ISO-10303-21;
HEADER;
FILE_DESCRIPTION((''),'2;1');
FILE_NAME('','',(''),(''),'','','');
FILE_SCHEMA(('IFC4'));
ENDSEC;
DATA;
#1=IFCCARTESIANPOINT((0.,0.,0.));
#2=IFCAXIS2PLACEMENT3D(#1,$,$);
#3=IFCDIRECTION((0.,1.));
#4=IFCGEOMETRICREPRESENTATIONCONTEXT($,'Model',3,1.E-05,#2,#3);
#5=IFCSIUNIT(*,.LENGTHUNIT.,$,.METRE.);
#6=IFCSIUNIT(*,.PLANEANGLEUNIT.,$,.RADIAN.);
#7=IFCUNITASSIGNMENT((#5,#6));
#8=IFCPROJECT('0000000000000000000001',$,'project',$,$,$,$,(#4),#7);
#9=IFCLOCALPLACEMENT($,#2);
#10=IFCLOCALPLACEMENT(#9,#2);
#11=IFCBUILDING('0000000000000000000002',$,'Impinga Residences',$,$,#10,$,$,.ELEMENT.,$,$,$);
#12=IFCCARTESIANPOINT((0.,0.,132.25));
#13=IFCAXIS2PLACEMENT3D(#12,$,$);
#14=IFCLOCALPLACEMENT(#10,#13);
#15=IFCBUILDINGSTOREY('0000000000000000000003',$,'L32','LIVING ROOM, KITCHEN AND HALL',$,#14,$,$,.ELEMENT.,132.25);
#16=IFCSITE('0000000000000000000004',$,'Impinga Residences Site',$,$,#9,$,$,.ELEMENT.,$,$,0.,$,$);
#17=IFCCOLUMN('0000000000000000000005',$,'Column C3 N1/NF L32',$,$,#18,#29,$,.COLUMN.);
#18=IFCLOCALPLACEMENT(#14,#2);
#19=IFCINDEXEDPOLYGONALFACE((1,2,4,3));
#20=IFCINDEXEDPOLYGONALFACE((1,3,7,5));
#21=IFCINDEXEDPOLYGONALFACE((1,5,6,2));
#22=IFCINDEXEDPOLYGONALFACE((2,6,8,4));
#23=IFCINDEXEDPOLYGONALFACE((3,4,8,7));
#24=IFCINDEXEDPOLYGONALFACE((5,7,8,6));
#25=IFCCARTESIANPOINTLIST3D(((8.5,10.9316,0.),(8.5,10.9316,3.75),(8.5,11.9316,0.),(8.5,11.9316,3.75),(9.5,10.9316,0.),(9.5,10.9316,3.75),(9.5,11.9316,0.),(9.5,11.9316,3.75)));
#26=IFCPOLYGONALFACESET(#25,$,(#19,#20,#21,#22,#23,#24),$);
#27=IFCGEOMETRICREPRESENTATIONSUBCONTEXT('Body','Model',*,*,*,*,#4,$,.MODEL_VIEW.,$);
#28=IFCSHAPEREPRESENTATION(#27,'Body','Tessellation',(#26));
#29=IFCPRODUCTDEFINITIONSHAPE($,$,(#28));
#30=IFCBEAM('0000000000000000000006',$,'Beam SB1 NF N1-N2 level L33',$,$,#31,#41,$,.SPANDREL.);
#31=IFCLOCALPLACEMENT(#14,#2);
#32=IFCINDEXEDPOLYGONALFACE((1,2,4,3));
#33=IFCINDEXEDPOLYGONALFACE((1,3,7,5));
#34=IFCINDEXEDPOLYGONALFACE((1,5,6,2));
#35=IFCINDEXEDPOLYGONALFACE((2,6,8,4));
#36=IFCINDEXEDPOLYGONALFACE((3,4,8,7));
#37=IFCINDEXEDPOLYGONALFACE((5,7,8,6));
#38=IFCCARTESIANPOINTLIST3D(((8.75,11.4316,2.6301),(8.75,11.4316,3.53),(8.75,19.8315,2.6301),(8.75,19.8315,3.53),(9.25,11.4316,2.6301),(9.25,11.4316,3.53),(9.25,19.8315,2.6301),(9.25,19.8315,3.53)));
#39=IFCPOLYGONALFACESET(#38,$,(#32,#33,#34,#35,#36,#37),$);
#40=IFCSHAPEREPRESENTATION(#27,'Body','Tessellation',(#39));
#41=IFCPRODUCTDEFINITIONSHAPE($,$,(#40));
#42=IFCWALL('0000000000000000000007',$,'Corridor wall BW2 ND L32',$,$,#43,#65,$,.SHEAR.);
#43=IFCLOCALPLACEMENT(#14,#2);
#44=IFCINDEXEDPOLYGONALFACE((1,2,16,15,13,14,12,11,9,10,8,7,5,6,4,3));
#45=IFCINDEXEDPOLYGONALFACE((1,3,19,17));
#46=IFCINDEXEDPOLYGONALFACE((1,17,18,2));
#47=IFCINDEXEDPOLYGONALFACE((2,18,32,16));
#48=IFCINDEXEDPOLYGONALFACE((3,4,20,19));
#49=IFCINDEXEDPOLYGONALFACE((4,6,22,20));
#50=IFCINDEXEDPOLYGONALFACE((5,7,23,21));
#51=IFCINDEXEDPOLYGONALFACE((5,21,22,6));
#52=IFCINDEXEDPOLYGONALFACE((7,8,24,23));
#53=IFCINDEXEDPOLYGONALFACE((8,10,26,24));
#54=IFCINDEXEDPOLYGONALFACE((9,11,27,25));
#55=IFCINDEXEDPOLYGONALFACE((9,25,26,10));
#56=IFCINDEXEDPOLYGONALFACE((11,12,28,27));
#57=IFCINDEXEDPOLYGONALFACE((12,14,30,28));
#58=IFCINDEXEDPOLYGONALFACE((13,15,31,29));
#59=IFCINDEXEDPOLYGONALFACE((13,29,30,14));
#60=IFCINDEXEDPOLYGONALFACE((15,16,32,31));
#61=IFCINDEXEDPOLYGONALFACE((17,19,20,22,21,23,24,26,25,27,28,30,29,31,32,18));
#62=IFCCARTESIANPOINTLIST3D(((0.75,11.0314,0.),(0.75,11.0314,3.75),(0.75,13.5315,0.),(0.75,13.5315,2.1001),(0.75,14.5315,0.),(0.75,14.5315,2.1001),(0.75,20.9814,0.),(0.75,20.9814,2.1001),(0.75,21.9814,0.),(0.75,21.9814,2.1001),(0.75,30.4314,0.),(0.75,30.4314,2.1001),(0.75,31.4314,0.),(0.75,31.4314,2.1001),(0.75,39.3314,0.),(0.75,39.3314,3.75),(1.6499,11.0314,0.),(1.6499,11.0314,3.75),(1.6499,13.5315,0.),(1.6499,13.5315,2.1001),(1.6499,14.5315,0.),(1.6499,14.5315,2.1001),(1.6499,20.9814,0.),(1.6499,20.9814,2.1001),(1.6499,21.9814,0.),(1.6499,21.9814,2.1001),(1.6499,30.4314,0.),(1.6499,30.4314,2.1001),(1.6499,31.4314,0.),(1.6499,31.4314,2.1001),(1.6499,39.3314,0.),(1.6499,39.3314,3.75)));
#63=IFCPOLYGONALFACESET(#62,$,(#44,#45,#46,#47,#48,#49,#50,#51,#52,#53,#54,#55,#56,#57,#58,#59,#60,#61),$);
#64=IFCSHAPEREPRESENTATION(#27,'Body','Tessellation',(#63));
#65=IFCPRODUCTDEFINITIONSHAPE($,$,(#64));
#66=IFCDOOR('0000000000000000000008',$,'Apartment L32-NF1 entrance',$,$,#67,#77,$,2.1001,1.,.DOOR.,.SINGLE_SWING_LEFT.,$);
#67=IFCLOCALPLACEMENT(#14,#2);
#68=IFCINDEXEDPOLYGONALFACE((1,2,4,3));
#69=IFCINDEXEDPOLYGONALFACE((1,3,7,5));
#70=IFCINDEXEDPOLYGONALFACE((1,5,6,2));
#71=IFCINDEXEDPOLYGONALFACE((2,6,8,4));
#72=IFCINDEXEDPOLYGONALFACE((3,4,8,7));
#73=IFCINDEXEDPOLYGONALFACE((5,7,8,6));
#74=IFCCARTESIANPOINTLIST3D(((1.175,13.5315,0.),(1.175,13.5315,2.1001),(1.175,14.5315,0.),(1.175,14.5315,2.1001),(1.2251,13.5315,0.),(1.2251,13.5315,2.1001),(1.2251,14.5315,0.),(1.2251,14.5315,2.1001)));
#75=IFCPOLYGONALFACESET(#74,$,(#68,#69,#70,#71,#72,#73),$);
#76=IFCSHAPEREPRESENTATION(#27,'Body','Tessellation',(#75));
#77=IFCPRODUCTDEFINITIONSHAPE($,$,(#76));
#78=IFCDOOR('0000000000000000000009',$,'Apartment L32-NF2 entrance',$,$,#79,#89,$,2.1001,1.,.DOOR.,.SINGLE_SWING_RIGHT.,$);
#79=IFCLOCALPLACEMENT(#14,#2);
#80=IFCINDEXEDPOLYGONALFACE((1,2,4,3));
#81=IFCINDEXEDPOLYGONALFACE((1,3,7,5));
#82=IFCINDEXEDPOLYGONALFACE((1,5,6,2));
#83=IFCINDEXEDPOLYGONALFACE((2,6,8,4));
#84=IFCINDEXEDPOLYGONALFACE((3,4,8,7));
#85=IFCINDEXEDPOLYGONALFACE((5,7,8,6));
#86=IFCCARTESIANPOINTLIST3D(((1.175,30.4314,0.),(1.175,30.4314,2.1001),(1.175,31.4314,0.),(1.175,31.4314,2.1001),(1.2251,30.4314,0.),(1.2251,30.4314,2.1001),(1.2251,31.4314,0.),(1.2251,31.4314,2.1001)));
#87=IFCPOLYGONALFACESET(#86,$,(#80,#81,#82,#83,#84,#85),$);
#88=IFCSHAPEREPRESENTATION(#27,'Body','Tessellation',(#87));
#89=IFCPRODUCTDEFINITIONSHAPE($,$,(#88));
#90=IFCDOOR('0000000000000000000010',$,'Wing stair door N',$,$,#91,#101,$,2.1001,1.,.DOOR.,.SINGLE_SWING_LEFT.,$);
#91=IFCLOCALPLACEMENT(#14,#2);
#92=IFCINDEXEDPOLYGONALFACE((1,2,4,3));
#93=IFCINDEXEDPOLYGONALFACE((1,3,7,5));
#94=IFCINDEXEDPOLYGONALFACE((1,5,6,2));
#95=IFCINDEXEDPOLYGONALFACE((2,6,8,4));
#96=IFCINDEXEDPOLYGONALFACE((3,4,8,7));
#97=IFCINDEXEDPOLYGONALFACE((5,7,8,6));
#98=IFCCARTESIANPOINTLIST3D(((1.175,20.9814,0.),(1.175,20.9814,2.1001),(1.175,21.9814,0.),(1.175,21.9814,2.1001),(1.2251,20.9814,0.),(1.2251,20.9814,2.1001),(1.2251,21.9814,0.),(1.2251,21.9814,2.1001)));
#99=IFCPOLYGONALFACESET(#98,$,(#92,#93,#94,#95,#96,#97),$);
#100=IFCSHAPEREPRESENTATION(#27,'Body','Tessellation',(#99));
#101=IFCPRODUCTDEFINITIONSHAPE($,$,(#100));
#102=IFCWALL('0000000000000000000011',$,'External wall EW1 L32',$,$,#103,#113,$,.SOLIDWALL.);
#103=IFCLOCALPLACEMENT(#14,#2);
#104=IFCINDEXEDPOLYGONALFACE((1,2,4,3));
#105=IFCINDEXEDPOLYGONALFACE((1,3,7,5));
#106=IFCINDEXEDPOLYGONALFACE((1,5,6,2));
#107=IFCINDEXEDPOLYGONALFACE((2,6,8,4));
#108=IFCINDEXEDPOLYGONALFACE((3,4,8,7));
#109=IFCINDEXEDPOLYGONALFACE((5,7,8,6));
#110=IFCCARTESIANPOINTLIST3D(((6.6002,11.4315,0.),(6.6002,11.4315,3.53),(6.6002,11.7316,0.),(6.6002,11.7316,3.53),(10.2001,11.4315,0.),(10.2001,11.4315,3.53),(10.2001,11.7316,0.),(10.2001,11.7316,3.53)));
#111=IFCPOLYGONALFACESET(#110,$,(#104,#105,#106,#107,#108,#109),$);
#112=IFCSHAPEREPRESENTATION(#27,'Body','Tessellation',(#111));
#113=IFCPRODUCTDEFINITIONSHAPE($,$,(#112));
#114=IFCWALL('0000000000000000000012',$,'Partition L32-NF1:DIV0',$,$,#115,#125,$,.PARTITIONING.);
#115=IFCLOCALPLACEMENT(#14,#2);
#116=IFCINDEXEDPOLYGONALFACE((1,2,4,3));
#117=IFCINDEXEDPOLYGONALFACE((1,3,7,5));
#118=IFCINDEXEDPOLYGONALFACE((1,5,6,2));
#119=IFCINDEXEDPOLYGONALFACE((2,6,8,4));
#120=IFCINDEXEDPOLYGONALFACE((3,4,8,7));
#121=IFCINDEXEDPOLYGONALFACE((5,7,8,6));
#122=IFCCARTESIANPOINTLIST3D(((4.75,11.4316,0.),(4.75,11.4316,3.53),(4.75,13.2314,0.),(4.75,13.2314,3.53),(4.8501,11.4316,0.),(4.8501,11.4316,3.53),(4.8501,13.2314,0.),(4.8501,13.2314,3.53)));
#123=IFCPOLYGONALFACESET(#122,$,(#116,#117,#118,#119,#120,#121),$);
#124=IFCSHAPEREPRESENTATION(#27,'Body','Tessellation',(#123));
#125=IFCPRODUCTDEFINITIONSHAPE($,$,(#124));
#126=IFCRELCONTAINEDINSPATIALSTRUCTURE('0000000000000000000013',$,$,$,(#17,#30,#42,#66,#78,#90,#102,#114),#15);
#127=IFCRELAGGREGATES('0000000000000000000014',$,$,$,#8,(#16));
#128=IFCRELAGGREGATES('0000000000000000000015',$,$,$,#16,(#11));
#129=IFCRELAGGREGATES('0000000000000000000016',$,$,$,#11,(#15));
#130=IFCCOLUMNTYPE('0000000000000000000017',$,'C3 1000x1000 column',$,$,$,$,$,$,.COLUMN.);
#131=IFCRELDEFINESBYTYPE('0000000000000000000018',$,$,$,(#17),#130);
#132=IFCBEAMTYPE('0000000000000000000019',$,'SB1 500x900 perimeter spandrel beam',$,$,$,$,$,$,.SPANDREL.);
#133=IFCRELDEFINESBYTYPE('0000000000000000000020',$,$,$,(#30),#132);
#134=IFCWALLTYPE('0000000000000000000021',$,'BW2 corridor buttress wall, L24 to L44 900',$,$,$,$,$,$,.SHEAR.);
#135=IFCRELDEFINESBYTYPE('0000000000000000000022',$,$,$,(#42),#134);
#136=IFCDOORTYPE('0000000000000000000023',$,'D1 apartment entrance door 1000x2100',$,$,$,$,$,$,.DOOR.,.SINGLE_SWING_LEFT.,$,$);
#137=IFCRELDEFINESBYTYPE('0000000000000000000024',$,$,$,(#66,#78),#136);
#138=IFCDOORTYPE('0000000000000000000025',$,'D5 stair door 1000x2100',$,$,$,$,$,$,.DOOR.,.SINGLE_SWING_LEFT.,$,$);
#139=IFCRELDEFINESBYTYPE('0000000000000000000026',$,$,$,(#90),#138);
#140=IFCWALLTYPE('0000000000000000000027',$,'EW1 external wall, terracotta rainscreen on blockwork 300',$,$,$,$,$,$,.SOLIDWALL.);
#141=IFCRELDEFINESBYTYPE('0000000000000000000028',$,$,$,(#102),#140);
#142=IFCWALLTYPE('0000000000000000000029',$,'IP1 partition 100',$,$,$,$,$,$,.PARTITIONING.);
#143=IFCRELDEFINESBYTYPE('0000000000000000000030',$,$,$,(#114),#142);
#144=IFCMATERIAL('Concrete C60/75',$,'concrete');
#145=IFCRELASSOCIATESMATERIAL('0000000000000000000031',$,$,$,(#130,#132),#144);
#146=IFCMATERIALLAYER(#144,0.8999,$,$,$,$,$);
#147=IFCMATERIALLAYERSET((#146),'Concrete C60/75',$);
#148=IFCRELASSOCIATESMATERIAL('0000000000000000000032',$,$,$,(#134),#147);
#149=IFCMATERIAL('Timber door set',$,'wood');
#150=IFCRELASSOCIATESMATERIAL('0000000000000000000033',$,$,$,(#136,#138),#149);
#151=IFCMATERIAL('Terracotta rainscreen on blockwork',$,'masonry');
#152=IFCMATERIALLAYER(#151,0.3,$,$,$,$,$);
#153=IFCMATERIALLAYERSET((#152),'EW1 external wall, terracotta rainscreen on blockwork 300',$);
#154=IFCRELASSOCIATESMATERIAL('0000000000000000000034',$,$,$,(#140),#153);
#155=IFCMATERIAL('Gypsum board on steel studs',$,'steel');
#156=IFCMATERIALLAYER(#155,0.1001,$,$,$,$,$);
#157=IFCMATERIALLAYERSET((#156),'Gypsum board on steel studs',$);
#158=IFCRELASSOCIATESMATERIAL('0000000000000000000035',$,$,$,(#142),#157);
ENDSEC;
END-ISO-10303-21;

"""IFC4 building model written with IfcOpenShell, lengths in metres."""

from ifc_helpers import new_model, si_unit, direction, frame, frame_2d, origin, origin_2d, place, context, subcontext, project, spatial, rectangle, extrude, material, layer, layer_set, material_profile, profile_set, type_object, element, fill, save


model = new_model("IFC4")

# Units and contexts
model_context = context("Model", 3, precision=1e-05, world=origin(), true_north=direction((0.0, 1.0)))
body_context = subcontext(model_context, "Body", "Model", "MODEL_VIEW")
ifc_project = project(units=[si_unit("LENGTHUNIT", "METRE"), si_unit("PLANEANGLEUNIT", "RADIAN")], contexts=[model_context])

# Site, building, storey
site_placement = place(None, origin())
site = spatial("IfcSite", under=ifc_project, at=site_placement, Name="Impinga Residences Site", CompositionType="ELEMENT", RefElevation=0.0)
building_placement = place(site_placement, origin())
building = spatial("IfcBuilding", under=site, at=building_placement, Name="Impinga Residences", CompositionType="ELEMENT")
storey_placement = place(building_placement, frame((0.0, 0.0, 132.25)))
storey = spatial("IfcBuildingStorey", under=building, at=storey_placement, Name="L32", Description="LIVING ROOM, KITCHEN AND HALL", CompositionType="ELEMENT", Elevation=132.25)

# Column
ifc_material_1 = material(Name="Concrete C60/75", Category="concrete")
ifc_material_profile_1 = material_profile(ifc_material_1, rectangle(XDim=1.0, YDim=1.0, at=origin_2d()), Name="RC 1000x1000")
ifc_profile_set_1 = profile_set([ifc_material_profile_1], Name="Concrete C60/75")
column_type = type_object("IfcColumnType", Name="C3 1000x1000 column", PredefinedType="COLUMN", material=ifc_profile_set_1)
column_placement = place(storey_placement, frame((9.0, 11.4316, 0.0), z_axis=(0.0, 0.0, 1.0), x_axis=(1.0, 0.0, 0.0)))
element("IfcColumn", 1, at=column_placement, inside=storey, type_object=column_type, Name="Column C3 N1/NF L32", PredefinedType="COLUMN", context=body_context, shape_type="SweptSolid", body=[
    extrude(rectangle(XDim=1.0, YDim=1.0, at=origin_2d()), origin(), (0.0, 0.0, 1.0), 3.75),
])

# Beam
ifc_material_profile_2 = material_profile(ifc_material_1, rectangle(XDim=0.5, YDim=0.8999, at=origin_2d()), Name="RC 500x900")
ifc_profile_set_2 = profile_set([ifc_material_profile_2], Name="Concrete C60/75")
beam_type = type_object("IfcBeamType", Name="SB1 500x900 perimeter spandrel beam", PredefinedType="SPANDREL", material=ifc_profile_set_2)
beam_placement = place(storey_placement, frame((9.0, 11.4316, 3.0801), z_axis=(0.0, 1.0, 0.0), x_axis=(-1.0, 0.0, 0.0)))
element("IfcBeam", 2, at=beam_placement, inside=storey, type_object=beam_type, Name="Beam SB1 NF N1-N2 level L33", PredefinedType="SPANDREL", context=body_context, shape_type="SweptSolid", body=[
    extrude(rectangle(XDim=0.5, YDim=0.8999, at=origin_2d()), origin(), (0.0, 0.0, 1.0), 8.3999),
])

# Wall, openings, doors
ifc_layer_1 = layer(ifc_material_1, 0.8999)
ifc_layer_set_1 = layer_set([ifc_layer_1], Name="Concrete C60/75")
wall_type_1 = type_object("IfcWallType", Name="BW2 corridor buttress wall, L24 to L44 900", PredefinedType="SHEAR", material=ifc_layer_set_1)
wall_1_placement = place(storey_placement, frame((1.2, 11.0315, 0.0), z_axis=(0.0, 0.0, 1.0), x_axis=(0.0, 1.0, 0.0)))
wall_1 = element("IfcWall", 3, at=wall_1_placement, inside=storey, type_object=wall_type_1, Name="Corridor wall BW2 ND L32", PredefinedType="SHEAR", context=body_context, shape_type="SweptSolid", body=[
    extrude(rectangle(XDim=28.3, YDim=0.8999, at=frame_2d((14.1499, 0.0))), origin(), (0.0, 0.0, 1.0), 3.75),
])
opening_1_placement = place(wall_1_placement, frame((9.95, 0.0, 0.0)))
opening_1 = element("IfcOpeningElement", 4, at=opening_1_placement, cuts=wall_1, PredefinedType="OPENING", context=body_context, shape_type="SweptSolid", body=[
    extrude(rectangle(XDim=1.0, YDim=2.1001, at=frame_2d((0.5, 1.05))), frame((0.0, 0.46, 0.0), z_axis=(0.0, -1.0, 0.0), x_axis=(1.0, 0.0, 0.0)), (0.0, 0.0, 1.0), 0.9199),
])
opening_2_placement = place(wall_1_placement, frame((2.5, 0.0, 0.0)))
opening_2 = element("IfcOpeningElement", 5, at=opening_2_placement, cuts=wall_1, PredefinedType="OPENING", context=body_context, shape_type="SweptSolid", body=[
    extrude(rectangle(XDim=1.0, YDim=2.1001, at=frame_2d((0.5, 1.05))), frame((0.0, 0.46, 0.0), z_axis=(0.0, -1.0, 0.0), x_axis=(1.0, 0.0, 0.0)), (0.0, 0.0, 1.0), 0.9199),
])
opening_3_placement = place(wall_1_placement, frame((19.3999, 0.0, 0.0)))
opening_3 = element("IfcOpeningElement", 6, at=opening_3_placement, cuts=wall_1, PredefinedType="OPENING", context=body_context, shape_type="SweptSolid", body=[
    extrude(rectangle(XDim=1.0, YDim=2.1001, at=frame_2d((0.5, 1.05))), frame((0.0, 0.46, 0.0), z_axis=(0.0, -1.0, 0.0), x_axis=(1.0, 0.0, 0.0)), (0.0, 0.0, 1.0), 0.9199),
])
ifc_material_2 = material(Name="Timber door set", Category="wood")
door_type_1 = type_object("IfcDoorType", Name="D1 apartment entrance door 1000x2100", OperationType="SINGLE_SWING_LEFT", PredefinedType="DOOR", material=ifc_material_2)
door_1_placement = place(opening_2_placement, origin())
door_1 = element("IfcDoor", 7, at=door_1_placement, inside=storey, type_object=door_type_1, Name="Apartment L32-NF1 entrance", OperationType="SINGLE_SWING_LEFT", OverallHeight=2.1001, OverallWidth=1.0, PredefinedType="DOOR", context=body_context, shape_type="SweptSolid", body=[
    extrude(rectangle(XDim=1.0, YDim=2.1001, at=frame_2d((0.5, 1.05))), frame((0.0, 0.0249, 0.0), z_axis=(0.0, -1.0, 0.0), x_axis=(1.0, 0.0, 0.0)), (0.0, 0.0, 1.0), 0.05),
])
fill(opening_2, door_1)
door_2_placement = place(opening_3_placement, origin())
door_2 = element("IfcDoor", 8, at=door_2_placement, inside=storey, type_object=door_type_1, Name="Apartment L32-NF2 entrance", OperationType="SINGLE_SWING_RIGHT", OverallHeight=2.1001, OverallWidth=1.0, PredefinedType="DOOR", context=body_context, shape_type="SweptSolid", body=[
    extrude(rectangle(XDim=1.0, YDim=2.1001, at=frame_2d((0.5, 1.05))), frame((0.0, 0.0249, 0.0), z_axis=(0.0, -1.0, 0.0), x_axis=(1.0, 0.0, 0.0)), (0.0, 0.0, 1.0), 0.05),
])
fill(opening_3, door_2)
door_type_2 = type_object("IfcDoorType", Name="D5 stair door 1000x2100", OperationType="SINGLE_SWING_LEFT", PredefinedType="DOOR", material=ifc_material_2)
door_3_placement = place(opening_1_placement, origin())
door_3 = element("IfcDoor", 9, at=door_3_placement, inside=storey, type_object=door_type_2, Name="Wing stair door N", OperationType="SINGLE_SWING_LEFT", OverallHeight=2.1001, OverallWidth=1.0, PredefinedType="DOOR", context=body_context, shape_type="SweptSolid", body=[
    extrude(rectangle(XDim=1.0, YDim=2.1001, at=frame_2d((0.5, 1.05))), frame((0.0, 0.0249, 0.0), z_axis=(0.0, -1.0, 0.0), x_axis=(1.0, 0.0, 0.0)), (0.0, 0.0, 1.0), 0.05),
])
fill(opening_1, door_3)

# Walls
ifc_material_3 = material(Name="Terracotta rainscreen on blockwork", Category="masonry")
ifc_layer_2 = layer(ifc_material_3, 0.3)
ifc_layer_set_2 = layer_set([ifc_layer_2], Name="EW1 external wall, terracotta rainscreen on blockwork 300")
wall_type_2 = type_object("IfcWallType", Name="EW1 external wall, terracotta rainscreen on blockwork 300", PredefinedType="SOLIDWALL", material=ifc_layer_set_2)
wall_2_placement = place(storey_placement, frame((10.2, 11.5815, 0.0), z_axis=(0.0, 0.0, 1.0), x_axis=(-1.0, 0.0, 0.0)))
element("IfcWall", 10, at=wall_2_placement, inside=storey, type_object=wall_type_2, Name="External wall EW1 L32", PredefinedType="SOLIDWALL", context=body_context, shape_type="SweptSolid", body=[
    extrude(rectangle(XDim=3.5999, YDim=0.3, at=frame_2d((1.7998, 0.0))), origin(), (0.0, 0.0, 1.0), 3.53),
])
ifc_material_4 = material(Name="Gypsum board on steel studs", Category="steel")
ifc_layer_3 = layer(ifc_material_4, 0.1001)
ifc_layer_set_3 = layer_set([ifc_layer_3], Name="Gypsum board on steel studs")
wall_type_3 = type_object("IfcWallType", Name="IP1 partition 100", PredefinedType="PARTITIONING", material=ifc_layer_set_3)
wall_3_placement = place(storey_placement, frame((4.8, 11.4316, 0.0), z_axis=(0.0, 0.0, 1.0), x_axis=(0.0, 1.0, 0.0)))
element("IfcWall", 11, at=wall_3_placement, inside=storey, type_object=wall_type_3, Name="Partition L32-NF1:DIV0", PredefinedType="PARTITIONING", context=body_context, shape_type="SweptSolid", body=[
    extrude(rectangle(XDim=1.7998, YDim=0.1001, at=frame_2d((0.8999, 0.0))), origin(), (0.0, 0.0, 1.0), 3.53),
])

save(model, "model.ifc")
